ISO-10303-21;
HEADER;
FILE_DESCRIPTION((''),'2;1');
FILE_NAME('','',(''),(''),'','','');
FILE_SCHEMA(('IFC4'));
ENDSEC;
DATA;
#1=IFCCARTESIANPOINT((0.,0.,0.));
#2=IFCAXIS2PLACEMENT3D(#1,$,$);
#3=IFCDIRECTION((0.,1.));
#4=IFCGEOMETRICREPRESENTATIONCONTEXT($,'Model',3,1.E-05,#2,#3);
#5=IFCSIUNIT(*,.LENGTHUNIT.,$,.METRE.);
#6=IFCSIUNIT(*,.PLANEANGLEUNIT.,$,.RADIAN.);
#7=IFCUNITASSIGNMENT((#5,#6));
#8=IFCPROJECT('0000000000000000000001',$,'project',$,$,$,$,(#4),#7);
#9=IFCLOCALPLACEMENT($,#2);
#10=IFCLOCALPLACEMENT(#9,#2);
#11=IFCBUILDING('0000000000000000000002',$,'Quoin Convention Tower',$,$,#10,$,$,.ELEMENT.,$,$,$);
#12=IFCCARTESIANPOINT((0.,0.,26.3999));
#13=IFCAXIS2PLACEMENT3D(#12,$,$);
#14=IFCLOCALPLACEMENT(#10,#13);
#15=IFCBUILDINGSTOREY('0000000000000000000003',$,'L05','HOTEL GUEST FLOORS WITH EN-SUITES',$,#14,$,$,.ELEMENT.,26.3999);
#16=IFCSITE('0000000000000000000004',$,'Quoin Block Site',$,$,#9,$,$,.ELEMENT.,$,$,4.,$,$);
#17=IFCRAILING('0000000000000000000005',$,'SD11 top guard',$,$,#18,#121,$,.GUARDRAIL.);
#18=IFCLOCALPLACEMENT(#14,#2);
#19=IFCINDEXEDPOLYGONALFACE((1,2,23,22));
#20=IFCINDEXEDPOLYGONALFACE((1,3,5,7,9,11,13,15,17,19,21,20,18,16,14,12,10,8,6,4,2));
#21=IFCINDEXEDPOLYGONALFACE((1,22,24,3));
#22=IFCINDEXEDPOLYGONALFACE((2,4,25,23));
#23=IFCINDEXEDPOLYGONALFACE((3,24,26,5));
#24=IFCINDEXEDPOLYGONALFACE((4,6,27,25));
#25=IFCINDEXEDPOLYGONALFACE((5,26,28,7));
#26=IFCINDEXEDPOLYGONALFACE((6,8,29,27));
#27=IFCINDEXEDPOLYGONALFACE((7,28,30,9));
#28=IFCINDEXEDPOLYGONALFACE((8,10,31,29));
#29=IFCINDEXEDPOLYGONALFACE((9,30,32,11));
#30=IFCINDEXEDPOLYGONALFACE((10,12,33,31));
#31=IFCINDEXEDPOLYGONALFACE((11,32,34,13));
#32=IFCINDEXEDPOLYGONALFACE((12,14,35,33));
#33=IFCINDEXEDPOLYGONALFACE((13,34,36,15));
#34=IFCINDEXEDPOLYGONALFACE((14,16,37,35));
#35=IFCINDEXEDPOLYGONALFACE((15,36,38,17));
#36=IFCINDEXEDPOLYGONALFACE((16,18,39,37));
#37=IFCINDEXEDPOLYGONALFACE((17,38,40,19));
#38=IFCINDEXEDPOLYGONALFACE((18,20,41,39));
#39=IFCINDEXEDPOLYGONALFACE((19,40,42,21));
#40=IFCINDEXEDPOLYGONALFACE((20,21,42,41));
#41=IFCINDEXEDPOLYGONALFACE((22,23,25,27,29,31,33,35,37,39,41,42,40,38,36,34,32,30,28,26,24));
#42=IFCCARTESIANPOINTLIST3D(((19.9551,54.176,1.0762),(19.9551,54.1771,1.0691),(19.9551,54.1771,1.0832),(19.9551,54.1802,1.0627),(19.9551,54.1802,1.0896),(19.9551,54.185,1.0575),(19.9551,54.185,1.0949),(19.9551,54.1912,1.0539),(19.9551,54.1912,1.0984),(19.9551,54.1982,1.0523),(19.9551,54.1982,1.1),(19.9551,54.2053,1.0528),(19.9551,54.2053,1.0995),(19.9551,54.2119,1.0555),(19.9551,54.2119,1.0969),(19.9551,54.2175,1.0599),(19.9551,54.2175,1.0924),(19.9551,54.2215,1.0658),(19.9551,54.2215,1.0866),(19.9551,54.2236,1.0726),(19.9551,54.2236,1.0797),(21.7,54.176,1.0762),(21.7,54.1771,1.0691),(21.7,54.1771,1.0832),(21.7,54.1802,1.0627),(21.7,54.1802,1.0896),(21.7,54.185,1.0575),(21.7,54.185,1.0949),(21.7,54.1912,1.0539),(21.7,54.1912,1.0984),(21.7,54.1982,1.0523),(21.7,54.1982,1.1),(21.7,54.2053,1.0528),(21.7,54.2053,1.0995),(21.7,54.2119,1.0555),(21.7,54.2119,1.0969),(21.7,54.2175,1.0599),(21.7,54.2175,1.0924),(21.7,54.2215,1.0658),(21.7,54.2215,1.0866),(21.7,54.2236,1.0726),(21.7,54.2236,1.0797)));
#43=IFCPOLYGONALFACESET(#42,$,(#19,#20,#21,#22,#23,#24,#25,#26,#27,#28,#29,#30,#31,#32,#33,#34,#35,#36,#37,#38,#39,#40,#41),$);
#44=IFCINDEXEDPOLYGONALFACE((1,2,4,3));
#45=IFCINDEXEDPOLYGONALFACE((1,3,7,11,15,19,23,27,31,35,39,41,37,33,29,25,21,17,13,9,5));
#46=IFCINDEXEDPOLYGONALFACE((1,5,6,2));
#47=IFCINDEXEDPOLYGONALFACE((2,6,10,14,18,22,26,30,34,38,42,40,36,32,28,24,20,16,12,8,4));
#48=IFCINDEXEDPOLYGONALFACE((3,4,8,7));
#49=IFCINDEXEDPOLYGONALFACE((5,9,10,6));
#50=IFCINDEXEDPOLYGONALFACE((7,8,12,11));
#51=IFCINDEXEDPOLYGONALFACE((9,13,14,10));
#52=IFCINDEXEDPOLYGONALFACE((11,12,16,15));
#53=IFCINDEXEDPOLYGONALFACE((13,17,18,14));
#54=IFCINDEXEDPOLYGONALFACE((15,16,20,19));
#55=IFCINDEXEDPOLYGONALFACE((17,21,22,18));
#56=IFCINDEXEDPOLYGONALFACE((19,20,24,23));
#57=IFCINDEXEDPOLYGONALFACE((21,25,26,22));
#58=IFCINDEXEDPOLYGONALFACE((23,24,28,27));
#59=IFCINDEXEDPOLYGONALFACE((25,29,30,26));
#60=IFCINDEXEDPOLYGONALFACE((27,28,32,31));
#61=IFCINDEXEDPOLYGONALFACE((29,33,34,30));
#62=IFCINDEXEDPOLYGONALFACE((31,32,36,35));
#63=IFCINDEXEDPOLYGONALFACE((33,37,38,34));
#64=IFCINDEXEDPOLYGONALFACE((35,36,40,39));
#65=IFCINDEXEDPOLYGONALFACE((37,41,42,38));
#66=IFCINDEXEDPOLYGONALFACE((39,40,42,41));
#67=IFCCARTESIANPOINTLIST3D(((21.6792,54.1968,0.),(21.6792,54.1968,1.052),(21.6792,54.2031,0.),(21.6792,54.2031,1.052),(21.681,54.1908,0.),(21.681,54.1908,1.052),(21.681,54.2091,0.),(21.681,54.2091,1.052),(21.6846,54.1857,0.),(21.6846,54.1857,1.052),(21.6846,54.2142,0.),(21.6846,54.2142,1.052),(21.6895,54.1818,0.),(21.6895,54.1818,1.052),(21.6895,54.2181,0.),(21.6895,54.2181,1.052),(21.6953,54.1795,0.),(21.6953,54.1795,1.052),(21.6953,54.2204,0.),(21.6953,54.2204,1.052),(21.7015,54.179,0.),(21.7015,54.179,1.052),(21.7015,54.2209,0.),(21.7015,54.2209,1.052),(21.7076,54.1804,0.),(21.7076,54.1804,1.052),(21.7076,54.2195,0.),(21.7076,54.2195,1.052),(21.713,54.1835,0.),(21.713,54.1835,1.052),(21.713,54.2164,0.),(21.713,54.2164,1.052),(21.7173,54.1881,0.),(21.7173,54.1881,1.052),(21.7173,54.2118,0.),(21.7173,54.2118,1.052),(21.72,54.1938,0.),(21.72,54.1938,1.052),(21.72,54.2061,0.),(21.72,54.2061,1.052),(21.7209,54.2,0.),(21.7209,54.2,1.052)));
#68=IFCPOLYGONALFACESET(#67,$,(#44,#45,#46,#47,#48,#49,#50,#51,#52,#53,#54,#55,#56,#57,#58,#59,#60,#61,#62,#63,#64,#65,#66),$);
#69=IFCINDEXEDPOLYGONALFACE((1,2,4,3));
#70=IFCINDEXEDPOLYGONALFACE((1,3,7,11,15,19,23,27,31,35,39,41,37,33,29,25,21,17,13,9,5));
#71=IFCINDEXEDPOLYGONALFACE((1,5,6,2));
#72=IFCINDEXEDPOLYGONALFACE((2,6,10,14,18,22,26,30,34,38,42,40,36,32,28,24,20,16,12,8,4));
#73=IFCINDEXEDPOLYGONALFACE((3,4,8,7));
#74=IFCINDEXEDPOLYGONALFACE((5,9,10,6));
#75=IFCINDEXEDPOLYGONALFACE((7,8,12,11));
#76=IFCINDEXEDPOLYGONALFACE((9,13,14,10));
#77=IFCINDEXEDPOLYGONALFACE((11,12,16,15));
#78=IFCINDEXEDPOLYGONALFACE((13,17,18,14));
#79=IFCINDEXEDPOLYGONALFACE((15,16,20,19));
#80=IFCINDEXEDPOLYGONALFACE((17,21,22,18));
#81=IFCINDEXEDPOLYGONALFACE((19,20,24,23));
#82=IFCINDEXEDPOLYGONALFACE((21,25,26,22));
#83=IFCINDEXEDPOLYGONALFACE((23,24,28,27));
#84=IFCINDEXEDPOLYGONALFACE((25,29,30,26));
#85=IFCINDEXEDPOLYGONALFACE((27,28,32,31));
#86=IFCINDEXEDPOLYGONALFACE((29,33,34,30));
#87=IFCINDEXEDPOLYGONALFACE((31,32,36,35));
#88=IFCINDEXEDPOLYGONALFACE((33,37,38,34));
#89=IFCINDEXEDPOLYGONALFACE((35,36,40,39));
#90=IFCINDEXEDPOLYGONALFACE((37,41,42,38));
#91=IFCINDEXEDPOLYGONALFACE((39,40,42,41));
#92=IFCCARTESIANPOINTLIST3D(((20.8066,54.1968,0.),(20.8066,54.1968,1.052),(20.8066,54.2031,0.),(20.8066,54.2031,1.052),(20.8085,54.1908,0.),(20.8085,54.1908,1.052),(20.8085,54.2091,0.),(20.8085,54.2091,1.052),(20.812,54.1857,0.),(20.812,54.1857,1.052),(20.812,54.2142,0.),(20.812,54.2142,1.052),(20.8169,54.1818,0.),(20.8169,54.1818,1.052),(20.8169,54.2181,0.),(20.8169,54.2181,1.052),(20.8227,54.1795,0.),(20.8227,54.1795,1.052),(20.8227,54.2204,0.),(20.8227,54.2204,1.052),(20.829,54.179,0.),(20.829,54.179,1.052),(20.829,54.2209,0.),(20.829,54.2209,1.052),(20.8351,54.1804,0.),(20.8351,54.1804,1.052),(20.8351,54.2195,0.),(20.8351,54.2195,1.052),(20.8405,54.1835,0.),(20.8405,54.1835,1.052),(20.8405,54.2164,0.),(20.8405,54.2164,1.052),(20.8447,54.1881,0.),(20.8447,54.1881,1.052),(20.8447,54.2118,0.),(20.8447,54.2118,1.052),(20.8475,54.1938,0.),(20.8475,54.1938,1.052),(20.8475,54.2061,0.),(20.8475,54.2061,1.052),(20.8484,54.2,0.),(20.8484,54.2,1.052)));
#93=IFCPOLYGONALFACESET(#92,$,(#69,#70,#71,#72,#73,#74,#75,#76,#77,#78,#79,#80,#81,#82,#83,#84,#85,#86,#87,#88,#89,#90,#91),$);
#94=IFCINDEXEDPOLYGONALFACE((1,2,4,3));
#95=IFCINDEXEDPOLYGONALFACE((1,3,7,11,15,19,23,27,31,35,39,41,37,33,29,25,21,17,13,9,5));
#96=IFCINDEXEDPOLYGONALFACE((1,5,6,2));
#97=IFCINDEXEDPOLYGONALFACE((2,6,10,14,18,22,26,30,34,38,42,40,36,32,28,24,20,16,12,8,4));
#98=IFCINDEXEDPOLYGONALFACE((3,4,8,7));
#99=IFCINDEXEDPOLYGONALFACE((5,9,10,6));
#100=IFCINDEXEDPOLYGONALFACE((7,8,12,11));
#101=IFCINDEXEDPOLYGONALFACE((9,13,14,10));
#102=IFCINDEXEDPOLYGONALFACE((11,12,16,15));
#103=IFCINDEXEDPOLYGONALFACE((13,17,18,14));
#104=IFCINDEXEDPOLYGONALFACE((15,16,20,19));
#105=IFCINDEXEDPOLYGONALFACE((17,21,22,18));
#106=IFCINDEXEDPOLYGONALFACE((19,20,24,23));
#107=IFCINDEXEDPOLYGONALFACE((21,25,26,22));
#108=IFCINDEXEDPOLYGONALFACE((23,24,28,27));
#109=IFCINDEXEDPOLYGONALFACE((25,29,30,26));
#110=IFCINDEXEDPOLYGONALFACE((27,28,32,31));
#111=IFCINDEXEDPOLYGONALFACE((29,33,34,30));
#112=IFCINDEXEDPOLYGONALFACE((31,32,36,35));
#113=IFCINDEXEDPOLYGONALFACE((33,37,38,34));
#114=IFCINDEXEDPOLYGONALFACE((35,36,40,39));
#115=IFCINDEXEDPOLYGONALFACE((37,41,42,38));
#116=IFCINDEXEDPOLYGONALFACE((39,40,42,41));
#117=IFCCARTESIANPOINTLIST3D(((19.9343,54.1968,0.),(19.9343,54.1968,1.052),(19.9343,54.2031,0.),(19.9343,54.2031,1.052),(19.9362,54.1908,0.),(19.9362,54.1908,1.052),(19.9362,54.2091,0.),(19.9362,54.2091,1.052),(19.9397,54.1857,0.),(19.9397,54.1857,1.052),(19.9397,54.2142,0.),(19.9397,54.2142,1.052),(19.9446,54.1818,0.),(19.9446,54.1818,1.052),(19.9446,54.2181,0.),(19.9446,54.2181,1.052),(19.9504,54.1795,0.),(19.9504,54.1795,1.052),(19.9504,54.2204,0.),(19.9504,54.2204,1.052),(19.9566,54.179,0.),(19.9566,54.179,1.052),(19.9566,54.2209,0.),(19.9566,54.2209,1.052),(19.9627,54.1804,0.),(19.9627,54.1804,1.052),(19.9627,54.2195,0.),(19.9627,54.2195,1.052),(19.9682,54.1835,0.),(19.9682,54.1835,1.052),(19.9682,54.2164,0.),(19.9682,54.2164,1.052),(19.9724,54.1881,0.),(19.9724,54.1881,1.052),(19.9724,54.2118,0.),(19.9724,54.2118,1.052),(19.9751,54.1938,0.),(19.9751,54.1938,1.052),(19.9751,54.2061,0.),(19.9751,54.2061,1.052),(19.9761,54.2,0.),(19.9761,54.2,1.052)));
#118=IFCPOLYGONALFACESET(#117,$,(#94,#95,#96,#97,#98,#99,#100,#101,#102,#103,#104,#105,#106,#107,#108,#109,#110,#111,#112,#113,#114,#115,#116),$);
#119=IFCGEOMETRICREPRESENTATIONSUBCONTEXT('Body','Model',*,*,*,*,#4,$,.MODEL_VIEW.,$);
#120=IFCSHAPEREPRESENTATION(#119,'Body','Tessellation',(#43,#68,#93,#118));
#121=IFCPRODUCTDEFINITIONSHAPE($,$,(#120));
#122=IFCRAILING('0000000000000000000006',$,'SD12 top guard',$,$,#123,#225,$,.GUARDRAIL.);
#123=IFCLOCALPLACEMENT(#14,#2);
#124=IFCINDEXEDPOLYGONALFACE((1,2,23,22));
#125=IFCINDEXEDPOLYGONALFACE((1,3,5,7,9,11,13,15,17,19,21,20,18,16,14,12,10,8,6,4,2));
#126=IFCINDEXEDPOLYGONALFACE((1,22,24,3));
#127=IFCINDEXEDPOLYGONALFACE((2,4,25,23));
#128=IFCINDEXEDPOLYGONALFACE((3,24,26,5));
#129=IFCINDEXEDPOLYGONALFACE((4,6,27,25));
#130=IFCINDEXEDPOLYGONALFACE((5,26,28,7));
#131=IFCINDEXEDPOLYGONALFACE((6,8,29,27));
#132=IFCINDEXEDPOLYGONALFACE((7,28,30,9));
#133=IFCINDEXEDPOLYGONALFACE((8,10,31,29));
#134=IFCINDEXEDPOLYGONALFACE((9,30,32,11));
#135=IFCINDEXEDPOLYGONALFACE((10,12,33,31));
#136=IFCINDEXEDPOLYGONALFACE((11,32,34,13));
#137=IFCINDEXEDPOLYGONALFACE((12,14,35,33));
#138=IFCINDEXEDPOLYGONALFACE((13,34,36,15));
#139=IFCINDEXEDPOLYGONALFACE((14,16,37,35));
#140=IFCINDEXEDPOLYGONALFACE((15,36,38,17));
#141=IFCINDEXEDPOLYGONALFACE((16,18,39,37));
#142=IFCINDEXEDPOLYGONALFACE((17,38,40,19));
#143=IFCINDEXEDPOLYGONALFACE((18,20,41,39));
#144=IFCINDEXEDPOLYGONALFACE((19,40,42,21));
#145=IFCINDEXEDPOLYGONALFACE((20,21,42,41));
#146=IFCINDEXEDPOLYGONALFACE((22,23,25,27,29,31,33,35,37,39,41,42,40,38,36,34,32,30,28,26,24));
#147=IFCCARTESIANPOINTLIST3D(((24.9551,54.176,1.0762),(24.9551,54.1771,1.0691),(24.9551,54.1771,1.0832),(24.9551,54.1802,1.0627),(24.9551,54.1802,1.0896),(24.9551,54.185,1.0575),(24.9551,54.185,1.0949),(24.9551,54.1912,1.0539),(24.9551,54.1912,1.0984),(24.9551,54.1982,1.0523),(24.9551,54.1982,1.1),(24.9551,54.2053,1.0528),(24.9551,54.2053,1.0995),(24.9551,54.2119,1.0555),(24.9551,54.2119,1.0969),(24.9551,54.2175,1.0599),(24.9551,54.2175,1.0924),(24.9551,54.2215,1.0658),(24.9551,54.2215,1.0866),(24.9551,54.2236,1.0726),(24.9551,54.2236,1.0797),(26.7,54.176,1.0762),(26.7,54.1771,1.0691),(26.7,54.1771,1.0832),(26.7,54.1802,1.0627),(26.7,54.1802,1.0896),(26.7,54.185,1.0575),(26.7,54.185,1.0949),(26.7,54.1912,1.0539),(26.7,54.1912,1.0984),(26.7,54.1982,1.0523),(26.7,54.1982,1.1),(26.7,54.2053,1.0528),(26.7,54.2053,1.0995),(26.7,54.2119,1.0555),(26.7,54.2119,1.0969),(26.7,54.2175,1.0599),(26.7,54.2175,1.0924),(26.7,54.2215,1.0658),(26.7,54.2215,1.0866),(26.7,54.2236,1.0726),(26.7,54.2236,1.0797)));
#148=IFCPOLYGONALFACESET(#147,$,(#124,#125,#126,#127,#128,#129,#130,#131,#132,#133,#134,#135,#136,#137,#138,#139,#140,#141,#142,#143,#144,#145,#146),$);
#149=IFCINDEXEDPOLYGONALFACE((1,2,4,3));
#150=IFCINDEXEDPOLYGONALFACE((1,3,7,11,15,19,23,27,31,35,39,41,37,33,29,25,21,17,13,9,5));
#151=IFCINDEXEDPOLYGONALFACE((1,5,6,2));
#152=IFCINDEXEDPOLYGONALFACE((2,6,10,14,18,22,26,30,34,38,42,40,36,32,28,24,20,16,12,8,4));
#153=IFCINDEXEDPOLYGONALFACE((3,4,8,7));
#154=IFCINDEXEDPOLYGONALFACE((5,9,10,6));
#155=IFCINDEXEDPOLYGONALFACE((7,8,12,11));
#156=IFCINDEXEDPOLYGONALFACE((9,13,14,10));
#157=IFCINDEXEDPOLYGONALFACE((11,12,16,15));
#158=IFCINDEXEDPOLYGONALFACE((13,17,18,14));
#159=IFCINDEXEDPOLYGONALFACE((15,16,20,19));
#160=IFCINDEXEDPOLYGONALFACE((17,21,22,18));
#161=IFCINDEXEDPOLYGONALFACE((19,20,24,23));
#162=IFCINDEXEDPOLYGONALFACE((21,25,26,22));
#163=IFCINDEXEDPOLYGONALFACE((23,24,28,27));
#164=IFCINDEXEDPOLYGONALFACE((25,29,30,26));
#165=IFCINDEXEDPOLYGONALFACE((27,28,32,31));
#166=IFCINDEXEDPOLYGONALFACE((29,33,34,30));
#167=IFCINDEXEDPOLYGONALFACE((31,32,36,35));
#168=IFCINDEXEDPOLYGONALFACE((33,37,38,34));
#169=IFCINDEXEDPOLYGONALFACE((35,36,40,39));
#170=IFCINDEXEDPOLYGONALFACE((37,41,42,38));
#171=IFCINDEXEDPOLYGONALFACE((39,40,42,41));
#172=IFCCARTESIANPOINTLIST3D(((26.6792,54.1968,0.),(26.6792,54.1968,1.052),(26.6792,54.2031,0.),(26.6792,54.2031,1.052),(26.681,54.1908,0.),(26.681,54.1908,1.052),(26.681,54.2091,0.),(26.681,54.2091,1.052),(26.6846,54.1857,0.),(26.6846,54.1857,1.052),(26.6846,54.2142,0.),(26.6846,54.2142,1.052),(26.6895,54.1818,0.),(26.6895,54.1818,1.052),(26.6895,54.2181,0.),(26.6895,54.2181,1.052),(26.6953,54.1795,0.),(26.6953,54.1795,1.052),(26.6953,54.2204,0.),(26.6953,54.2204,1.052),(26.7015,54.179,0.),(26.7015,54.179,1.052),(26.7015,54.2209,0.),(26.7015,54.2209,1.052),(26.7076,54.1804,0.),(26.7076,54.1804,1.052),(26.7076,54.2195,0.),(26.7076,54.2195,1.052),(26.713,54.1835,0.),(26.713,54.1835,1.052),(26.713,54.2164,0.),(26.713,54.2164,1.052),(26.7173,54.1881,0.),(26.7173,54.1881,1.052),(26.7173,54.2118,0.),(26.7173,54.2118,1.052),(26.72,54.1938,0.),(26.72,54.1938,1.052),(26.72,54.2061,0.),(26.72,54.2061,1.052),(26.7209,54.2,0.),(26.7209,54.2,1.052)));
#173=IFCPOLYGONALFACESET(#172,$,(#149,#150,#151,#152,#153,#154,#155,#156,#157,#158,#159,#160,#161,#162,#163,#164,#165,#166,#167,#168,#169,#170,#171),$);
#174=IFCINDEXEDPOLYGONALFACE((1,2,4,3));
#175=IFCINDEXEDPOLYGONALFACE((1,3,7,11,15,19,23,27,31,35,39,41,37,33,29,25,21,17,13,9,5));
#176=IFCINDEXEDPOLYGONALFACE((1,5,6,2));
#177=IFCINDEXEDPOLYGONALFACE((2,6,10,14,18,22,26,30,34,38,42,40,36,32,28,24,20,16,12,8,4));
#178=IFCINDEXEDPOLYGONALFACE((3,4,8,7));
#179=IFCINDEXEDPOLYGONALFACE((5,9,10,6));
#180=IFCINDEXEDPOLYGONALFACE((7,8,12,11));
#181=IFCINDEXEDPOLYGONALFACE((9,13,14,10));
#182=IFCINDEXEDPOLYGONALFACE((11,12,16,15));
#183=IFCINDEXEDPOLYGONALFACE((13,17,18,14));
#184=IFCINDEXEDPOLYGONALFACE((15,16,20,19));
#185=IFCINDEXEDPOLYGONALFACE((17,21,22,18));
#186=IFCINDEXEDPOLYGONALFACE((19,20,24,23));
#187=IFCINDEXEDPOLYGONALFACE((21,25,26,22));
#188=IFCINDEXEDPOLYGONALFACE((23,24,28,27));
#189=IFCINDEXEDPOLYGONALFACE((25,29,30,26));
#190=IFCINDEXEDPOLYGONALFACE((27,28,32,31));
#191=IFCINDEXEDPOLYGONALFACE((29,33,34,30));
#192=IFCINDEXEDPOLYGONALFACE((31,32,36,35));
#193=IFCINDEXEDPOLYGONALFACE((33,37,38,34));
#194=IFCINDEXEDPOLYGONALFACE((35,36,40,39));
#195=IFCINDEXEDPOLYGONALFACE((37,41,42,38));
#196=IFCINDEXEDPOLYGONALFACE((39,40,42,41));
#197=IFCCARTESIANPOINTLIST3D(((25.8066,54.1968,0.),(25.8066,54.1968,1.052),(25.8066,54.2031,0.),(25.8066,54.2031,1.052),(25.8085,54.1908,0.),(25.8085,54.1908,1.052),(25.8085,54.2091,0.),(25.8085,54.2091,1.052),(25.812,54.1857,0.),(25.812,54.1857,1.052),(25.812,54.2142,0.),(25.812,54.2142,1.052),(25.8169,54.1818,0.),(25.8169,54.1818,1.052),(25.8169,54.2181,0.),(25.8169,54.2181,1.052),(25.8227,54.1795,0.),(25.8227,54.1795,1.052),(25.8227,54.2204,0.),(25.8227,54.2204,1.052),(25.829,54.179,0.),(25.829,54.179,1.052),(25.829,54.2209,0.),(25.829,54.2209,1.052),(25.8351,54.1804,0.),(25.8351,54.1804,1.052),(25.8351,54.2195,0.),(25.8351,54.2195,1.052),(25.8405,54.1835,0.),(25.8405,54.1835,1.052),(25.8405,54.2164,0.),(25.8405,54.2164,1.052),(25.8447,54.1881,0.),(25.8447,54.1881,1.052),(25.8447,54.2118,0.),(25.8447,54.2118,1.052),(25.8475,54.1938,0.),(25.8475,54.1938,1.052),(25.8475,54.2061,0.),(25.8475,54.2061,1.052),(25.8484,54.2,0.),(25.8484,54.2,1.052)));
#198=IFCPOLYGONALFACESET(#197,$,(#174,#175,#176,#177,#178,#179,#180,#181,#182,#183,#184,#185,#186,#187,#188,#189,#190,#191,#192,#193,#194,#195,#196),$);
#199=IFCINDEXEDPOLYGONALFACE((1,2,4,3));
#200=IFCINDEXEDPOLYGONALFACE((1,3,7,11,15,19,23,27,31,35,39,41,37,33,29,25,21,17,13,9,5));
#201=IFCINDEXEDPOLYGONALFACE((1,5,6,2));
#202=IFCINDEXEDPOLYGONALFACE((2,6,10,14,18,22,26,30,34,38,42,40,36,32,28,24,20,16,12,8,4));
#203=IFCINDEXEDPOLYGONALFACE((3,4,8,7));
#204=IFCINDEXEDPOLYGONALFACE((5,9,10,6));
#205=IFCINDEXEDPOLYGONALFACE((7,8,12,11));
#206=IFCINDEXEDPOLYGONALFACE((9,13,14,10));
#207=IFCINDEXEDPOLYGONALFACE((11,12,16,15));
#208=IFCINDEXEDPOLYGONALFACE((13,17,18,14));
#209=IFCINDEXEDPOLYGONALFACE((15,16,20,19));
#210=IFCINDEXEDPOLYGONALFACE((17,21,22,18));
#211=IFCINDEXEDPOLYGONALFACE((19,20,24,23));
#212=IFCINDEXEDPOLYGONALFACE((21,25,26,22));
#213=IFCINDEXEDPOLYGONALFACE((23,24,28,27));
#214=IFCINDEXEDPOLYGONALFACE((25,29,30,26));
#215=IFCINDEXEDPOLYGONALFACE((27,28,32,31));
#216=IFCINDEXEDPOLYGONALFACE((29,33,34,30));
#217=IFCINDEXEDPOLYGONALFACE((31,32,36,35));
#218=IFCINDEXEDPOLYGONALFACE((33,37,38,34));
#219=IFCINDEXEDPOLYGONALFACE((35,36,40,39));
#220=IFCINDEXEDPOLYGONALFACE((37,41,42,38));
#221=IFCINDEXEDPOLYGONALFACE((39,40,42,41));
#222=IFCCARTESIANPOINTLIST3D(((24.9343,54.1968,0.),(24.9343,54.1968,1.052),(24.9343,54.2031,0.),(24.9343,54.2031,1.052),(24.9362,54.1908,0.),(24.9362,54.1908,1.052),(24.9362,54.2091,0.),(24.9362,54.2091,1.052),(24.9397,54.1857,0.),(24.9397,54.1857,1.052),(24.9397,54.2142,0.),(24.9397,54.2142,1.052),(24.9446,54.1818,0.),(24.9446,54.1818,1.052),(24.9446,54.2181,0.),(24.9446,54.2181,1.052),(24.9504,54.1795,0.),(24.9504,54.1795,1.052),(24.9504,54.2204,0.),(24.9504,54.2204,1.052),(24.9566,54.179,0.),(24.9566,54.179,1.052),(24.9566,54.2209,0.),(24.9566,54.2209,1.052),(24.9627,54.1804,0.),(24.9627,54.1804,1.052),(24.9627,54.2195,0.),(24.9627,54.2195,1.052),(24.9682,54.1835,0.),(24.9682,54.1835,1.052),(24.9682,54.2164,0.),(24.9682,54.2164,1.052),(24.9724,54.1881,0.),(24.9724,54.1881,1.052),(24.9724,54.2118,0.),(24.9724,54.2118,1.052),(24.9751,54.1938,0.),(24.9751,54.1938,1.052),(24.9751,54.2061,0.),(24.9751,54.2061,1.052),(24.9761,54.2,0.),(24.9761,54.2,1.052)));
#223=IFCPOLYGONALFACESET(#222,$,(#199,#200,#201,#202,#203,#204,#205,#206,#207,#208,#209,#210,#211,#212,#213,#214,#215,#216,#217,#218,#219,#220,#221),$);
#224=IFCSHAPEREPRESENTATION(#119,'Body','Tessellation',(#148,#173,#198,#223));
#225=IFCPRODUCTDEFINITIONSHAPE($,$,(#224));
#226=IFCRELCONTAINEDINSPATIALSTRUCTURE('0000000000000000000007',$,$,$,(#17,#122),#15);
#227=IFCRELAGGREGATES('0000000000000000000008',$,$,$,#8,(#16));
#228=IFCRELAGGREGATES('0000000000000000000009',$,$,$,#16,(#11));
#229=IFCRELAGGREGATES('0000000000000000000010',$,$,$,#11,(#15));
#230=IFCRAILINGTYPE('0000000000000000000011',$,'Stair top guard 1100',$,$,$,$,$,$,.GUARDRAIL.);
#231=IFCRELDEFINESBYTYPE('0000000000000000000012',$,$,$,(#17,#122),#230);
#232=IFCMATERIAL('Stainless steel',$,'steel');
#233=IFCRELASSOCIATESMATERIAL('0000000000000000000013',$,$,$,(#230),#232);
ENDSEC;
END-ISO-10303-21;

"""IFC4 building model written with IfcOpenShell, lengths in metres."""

from ifc_helpers import new_model, si_unit, direction, frame, origin, origin_2d, place, context, subcontext, project, spatial, circle, extrude, material, type_object, element, save


model = new_model("IFC4")

# Units and contexts
model_context = context("Model", 3, precision=1e-05, world=origin(), true_north=direction((0.0, 1.0)))
body_context = subcontext(model_context, "Body", "Model", "MODEL_VIEW")
ifc_project = project(units=[si_unit("LENGTHUNIT", "METRE"), si_unit("PLANEANGLEUNIT", "RADIAN")], contexts=[model_context])

# Site, building, storey
site_placement = place(None, origin())
site = spatial("IfcSite", under=ifc_project, at=site_placement, Name="Quoin Block Site", CompositionType="ELEMENT", RefElevation=4.0)
building_placement = place(site_placement, origin())
building = spatial("IfcBuilding", under=site, at=building_placement, Name="Quoin Convention Tower", CompositionType="ELEMENT")
storey_placement = place(building_placement, frame((0.0, 0.0, 26.3999)))
storey = spatial("IfcBuildingStorey", under=building, at=storey_placement, Name="L05", Description="HOTEL GUEST FLOORS WITH EN-SUITES", CompositionType="ELEMENT", Elevation=26.3999)

# Railings
ifc_material_1 = material(Name="Stainless steel", Category="steel")
railing_type_1 = type_object("IfcRailingType", Name="Stair top guard 1100", PredefinedType="GUARDRAIL", material=ifc_material_1)
for number, where, name in (
    (1, (21.7, 54.2, 0.0), "SD11 top guard"),
    (2, (26.7, 54.2, 0.0), "SD12 top guard"),
):
    element("IfcRailing", number, at=place(storey_placement, frame(where)), inside=storey, type_object=railing_type_1, Name=name, PredefinedType="GUARDRAIL", context=body_context, shape_type="SweptSolid", body=[
        extrude(circle(Radius=0.0239, at=origin_2d()), frame((0.0, 0.0, 1.0762), z_axis=(-1.0, 0.0, 0.0), x_axis=(0.0, -1.0, 0.0)), (0.0, 0.0, 1.0), 1.7449),
        extrude(circle(Radius=0.021, at=origin_2d()), origin(), (0.0, 0.0, 1.0), 1.052),
        extrude(circle(Radius=0.021, at=origin_2d()), frame((-0.8726, 0.0, 0.0)), (0.0, 0.0, 1.0), 1.052),
        extrude(circle(Radius=0.021, at=origin_2d()), frame((-1.7449, 0.0, 0.0)), (0.0, 0.0, 1.0), 1.052),
    ])

save(model, "model.ifc")
